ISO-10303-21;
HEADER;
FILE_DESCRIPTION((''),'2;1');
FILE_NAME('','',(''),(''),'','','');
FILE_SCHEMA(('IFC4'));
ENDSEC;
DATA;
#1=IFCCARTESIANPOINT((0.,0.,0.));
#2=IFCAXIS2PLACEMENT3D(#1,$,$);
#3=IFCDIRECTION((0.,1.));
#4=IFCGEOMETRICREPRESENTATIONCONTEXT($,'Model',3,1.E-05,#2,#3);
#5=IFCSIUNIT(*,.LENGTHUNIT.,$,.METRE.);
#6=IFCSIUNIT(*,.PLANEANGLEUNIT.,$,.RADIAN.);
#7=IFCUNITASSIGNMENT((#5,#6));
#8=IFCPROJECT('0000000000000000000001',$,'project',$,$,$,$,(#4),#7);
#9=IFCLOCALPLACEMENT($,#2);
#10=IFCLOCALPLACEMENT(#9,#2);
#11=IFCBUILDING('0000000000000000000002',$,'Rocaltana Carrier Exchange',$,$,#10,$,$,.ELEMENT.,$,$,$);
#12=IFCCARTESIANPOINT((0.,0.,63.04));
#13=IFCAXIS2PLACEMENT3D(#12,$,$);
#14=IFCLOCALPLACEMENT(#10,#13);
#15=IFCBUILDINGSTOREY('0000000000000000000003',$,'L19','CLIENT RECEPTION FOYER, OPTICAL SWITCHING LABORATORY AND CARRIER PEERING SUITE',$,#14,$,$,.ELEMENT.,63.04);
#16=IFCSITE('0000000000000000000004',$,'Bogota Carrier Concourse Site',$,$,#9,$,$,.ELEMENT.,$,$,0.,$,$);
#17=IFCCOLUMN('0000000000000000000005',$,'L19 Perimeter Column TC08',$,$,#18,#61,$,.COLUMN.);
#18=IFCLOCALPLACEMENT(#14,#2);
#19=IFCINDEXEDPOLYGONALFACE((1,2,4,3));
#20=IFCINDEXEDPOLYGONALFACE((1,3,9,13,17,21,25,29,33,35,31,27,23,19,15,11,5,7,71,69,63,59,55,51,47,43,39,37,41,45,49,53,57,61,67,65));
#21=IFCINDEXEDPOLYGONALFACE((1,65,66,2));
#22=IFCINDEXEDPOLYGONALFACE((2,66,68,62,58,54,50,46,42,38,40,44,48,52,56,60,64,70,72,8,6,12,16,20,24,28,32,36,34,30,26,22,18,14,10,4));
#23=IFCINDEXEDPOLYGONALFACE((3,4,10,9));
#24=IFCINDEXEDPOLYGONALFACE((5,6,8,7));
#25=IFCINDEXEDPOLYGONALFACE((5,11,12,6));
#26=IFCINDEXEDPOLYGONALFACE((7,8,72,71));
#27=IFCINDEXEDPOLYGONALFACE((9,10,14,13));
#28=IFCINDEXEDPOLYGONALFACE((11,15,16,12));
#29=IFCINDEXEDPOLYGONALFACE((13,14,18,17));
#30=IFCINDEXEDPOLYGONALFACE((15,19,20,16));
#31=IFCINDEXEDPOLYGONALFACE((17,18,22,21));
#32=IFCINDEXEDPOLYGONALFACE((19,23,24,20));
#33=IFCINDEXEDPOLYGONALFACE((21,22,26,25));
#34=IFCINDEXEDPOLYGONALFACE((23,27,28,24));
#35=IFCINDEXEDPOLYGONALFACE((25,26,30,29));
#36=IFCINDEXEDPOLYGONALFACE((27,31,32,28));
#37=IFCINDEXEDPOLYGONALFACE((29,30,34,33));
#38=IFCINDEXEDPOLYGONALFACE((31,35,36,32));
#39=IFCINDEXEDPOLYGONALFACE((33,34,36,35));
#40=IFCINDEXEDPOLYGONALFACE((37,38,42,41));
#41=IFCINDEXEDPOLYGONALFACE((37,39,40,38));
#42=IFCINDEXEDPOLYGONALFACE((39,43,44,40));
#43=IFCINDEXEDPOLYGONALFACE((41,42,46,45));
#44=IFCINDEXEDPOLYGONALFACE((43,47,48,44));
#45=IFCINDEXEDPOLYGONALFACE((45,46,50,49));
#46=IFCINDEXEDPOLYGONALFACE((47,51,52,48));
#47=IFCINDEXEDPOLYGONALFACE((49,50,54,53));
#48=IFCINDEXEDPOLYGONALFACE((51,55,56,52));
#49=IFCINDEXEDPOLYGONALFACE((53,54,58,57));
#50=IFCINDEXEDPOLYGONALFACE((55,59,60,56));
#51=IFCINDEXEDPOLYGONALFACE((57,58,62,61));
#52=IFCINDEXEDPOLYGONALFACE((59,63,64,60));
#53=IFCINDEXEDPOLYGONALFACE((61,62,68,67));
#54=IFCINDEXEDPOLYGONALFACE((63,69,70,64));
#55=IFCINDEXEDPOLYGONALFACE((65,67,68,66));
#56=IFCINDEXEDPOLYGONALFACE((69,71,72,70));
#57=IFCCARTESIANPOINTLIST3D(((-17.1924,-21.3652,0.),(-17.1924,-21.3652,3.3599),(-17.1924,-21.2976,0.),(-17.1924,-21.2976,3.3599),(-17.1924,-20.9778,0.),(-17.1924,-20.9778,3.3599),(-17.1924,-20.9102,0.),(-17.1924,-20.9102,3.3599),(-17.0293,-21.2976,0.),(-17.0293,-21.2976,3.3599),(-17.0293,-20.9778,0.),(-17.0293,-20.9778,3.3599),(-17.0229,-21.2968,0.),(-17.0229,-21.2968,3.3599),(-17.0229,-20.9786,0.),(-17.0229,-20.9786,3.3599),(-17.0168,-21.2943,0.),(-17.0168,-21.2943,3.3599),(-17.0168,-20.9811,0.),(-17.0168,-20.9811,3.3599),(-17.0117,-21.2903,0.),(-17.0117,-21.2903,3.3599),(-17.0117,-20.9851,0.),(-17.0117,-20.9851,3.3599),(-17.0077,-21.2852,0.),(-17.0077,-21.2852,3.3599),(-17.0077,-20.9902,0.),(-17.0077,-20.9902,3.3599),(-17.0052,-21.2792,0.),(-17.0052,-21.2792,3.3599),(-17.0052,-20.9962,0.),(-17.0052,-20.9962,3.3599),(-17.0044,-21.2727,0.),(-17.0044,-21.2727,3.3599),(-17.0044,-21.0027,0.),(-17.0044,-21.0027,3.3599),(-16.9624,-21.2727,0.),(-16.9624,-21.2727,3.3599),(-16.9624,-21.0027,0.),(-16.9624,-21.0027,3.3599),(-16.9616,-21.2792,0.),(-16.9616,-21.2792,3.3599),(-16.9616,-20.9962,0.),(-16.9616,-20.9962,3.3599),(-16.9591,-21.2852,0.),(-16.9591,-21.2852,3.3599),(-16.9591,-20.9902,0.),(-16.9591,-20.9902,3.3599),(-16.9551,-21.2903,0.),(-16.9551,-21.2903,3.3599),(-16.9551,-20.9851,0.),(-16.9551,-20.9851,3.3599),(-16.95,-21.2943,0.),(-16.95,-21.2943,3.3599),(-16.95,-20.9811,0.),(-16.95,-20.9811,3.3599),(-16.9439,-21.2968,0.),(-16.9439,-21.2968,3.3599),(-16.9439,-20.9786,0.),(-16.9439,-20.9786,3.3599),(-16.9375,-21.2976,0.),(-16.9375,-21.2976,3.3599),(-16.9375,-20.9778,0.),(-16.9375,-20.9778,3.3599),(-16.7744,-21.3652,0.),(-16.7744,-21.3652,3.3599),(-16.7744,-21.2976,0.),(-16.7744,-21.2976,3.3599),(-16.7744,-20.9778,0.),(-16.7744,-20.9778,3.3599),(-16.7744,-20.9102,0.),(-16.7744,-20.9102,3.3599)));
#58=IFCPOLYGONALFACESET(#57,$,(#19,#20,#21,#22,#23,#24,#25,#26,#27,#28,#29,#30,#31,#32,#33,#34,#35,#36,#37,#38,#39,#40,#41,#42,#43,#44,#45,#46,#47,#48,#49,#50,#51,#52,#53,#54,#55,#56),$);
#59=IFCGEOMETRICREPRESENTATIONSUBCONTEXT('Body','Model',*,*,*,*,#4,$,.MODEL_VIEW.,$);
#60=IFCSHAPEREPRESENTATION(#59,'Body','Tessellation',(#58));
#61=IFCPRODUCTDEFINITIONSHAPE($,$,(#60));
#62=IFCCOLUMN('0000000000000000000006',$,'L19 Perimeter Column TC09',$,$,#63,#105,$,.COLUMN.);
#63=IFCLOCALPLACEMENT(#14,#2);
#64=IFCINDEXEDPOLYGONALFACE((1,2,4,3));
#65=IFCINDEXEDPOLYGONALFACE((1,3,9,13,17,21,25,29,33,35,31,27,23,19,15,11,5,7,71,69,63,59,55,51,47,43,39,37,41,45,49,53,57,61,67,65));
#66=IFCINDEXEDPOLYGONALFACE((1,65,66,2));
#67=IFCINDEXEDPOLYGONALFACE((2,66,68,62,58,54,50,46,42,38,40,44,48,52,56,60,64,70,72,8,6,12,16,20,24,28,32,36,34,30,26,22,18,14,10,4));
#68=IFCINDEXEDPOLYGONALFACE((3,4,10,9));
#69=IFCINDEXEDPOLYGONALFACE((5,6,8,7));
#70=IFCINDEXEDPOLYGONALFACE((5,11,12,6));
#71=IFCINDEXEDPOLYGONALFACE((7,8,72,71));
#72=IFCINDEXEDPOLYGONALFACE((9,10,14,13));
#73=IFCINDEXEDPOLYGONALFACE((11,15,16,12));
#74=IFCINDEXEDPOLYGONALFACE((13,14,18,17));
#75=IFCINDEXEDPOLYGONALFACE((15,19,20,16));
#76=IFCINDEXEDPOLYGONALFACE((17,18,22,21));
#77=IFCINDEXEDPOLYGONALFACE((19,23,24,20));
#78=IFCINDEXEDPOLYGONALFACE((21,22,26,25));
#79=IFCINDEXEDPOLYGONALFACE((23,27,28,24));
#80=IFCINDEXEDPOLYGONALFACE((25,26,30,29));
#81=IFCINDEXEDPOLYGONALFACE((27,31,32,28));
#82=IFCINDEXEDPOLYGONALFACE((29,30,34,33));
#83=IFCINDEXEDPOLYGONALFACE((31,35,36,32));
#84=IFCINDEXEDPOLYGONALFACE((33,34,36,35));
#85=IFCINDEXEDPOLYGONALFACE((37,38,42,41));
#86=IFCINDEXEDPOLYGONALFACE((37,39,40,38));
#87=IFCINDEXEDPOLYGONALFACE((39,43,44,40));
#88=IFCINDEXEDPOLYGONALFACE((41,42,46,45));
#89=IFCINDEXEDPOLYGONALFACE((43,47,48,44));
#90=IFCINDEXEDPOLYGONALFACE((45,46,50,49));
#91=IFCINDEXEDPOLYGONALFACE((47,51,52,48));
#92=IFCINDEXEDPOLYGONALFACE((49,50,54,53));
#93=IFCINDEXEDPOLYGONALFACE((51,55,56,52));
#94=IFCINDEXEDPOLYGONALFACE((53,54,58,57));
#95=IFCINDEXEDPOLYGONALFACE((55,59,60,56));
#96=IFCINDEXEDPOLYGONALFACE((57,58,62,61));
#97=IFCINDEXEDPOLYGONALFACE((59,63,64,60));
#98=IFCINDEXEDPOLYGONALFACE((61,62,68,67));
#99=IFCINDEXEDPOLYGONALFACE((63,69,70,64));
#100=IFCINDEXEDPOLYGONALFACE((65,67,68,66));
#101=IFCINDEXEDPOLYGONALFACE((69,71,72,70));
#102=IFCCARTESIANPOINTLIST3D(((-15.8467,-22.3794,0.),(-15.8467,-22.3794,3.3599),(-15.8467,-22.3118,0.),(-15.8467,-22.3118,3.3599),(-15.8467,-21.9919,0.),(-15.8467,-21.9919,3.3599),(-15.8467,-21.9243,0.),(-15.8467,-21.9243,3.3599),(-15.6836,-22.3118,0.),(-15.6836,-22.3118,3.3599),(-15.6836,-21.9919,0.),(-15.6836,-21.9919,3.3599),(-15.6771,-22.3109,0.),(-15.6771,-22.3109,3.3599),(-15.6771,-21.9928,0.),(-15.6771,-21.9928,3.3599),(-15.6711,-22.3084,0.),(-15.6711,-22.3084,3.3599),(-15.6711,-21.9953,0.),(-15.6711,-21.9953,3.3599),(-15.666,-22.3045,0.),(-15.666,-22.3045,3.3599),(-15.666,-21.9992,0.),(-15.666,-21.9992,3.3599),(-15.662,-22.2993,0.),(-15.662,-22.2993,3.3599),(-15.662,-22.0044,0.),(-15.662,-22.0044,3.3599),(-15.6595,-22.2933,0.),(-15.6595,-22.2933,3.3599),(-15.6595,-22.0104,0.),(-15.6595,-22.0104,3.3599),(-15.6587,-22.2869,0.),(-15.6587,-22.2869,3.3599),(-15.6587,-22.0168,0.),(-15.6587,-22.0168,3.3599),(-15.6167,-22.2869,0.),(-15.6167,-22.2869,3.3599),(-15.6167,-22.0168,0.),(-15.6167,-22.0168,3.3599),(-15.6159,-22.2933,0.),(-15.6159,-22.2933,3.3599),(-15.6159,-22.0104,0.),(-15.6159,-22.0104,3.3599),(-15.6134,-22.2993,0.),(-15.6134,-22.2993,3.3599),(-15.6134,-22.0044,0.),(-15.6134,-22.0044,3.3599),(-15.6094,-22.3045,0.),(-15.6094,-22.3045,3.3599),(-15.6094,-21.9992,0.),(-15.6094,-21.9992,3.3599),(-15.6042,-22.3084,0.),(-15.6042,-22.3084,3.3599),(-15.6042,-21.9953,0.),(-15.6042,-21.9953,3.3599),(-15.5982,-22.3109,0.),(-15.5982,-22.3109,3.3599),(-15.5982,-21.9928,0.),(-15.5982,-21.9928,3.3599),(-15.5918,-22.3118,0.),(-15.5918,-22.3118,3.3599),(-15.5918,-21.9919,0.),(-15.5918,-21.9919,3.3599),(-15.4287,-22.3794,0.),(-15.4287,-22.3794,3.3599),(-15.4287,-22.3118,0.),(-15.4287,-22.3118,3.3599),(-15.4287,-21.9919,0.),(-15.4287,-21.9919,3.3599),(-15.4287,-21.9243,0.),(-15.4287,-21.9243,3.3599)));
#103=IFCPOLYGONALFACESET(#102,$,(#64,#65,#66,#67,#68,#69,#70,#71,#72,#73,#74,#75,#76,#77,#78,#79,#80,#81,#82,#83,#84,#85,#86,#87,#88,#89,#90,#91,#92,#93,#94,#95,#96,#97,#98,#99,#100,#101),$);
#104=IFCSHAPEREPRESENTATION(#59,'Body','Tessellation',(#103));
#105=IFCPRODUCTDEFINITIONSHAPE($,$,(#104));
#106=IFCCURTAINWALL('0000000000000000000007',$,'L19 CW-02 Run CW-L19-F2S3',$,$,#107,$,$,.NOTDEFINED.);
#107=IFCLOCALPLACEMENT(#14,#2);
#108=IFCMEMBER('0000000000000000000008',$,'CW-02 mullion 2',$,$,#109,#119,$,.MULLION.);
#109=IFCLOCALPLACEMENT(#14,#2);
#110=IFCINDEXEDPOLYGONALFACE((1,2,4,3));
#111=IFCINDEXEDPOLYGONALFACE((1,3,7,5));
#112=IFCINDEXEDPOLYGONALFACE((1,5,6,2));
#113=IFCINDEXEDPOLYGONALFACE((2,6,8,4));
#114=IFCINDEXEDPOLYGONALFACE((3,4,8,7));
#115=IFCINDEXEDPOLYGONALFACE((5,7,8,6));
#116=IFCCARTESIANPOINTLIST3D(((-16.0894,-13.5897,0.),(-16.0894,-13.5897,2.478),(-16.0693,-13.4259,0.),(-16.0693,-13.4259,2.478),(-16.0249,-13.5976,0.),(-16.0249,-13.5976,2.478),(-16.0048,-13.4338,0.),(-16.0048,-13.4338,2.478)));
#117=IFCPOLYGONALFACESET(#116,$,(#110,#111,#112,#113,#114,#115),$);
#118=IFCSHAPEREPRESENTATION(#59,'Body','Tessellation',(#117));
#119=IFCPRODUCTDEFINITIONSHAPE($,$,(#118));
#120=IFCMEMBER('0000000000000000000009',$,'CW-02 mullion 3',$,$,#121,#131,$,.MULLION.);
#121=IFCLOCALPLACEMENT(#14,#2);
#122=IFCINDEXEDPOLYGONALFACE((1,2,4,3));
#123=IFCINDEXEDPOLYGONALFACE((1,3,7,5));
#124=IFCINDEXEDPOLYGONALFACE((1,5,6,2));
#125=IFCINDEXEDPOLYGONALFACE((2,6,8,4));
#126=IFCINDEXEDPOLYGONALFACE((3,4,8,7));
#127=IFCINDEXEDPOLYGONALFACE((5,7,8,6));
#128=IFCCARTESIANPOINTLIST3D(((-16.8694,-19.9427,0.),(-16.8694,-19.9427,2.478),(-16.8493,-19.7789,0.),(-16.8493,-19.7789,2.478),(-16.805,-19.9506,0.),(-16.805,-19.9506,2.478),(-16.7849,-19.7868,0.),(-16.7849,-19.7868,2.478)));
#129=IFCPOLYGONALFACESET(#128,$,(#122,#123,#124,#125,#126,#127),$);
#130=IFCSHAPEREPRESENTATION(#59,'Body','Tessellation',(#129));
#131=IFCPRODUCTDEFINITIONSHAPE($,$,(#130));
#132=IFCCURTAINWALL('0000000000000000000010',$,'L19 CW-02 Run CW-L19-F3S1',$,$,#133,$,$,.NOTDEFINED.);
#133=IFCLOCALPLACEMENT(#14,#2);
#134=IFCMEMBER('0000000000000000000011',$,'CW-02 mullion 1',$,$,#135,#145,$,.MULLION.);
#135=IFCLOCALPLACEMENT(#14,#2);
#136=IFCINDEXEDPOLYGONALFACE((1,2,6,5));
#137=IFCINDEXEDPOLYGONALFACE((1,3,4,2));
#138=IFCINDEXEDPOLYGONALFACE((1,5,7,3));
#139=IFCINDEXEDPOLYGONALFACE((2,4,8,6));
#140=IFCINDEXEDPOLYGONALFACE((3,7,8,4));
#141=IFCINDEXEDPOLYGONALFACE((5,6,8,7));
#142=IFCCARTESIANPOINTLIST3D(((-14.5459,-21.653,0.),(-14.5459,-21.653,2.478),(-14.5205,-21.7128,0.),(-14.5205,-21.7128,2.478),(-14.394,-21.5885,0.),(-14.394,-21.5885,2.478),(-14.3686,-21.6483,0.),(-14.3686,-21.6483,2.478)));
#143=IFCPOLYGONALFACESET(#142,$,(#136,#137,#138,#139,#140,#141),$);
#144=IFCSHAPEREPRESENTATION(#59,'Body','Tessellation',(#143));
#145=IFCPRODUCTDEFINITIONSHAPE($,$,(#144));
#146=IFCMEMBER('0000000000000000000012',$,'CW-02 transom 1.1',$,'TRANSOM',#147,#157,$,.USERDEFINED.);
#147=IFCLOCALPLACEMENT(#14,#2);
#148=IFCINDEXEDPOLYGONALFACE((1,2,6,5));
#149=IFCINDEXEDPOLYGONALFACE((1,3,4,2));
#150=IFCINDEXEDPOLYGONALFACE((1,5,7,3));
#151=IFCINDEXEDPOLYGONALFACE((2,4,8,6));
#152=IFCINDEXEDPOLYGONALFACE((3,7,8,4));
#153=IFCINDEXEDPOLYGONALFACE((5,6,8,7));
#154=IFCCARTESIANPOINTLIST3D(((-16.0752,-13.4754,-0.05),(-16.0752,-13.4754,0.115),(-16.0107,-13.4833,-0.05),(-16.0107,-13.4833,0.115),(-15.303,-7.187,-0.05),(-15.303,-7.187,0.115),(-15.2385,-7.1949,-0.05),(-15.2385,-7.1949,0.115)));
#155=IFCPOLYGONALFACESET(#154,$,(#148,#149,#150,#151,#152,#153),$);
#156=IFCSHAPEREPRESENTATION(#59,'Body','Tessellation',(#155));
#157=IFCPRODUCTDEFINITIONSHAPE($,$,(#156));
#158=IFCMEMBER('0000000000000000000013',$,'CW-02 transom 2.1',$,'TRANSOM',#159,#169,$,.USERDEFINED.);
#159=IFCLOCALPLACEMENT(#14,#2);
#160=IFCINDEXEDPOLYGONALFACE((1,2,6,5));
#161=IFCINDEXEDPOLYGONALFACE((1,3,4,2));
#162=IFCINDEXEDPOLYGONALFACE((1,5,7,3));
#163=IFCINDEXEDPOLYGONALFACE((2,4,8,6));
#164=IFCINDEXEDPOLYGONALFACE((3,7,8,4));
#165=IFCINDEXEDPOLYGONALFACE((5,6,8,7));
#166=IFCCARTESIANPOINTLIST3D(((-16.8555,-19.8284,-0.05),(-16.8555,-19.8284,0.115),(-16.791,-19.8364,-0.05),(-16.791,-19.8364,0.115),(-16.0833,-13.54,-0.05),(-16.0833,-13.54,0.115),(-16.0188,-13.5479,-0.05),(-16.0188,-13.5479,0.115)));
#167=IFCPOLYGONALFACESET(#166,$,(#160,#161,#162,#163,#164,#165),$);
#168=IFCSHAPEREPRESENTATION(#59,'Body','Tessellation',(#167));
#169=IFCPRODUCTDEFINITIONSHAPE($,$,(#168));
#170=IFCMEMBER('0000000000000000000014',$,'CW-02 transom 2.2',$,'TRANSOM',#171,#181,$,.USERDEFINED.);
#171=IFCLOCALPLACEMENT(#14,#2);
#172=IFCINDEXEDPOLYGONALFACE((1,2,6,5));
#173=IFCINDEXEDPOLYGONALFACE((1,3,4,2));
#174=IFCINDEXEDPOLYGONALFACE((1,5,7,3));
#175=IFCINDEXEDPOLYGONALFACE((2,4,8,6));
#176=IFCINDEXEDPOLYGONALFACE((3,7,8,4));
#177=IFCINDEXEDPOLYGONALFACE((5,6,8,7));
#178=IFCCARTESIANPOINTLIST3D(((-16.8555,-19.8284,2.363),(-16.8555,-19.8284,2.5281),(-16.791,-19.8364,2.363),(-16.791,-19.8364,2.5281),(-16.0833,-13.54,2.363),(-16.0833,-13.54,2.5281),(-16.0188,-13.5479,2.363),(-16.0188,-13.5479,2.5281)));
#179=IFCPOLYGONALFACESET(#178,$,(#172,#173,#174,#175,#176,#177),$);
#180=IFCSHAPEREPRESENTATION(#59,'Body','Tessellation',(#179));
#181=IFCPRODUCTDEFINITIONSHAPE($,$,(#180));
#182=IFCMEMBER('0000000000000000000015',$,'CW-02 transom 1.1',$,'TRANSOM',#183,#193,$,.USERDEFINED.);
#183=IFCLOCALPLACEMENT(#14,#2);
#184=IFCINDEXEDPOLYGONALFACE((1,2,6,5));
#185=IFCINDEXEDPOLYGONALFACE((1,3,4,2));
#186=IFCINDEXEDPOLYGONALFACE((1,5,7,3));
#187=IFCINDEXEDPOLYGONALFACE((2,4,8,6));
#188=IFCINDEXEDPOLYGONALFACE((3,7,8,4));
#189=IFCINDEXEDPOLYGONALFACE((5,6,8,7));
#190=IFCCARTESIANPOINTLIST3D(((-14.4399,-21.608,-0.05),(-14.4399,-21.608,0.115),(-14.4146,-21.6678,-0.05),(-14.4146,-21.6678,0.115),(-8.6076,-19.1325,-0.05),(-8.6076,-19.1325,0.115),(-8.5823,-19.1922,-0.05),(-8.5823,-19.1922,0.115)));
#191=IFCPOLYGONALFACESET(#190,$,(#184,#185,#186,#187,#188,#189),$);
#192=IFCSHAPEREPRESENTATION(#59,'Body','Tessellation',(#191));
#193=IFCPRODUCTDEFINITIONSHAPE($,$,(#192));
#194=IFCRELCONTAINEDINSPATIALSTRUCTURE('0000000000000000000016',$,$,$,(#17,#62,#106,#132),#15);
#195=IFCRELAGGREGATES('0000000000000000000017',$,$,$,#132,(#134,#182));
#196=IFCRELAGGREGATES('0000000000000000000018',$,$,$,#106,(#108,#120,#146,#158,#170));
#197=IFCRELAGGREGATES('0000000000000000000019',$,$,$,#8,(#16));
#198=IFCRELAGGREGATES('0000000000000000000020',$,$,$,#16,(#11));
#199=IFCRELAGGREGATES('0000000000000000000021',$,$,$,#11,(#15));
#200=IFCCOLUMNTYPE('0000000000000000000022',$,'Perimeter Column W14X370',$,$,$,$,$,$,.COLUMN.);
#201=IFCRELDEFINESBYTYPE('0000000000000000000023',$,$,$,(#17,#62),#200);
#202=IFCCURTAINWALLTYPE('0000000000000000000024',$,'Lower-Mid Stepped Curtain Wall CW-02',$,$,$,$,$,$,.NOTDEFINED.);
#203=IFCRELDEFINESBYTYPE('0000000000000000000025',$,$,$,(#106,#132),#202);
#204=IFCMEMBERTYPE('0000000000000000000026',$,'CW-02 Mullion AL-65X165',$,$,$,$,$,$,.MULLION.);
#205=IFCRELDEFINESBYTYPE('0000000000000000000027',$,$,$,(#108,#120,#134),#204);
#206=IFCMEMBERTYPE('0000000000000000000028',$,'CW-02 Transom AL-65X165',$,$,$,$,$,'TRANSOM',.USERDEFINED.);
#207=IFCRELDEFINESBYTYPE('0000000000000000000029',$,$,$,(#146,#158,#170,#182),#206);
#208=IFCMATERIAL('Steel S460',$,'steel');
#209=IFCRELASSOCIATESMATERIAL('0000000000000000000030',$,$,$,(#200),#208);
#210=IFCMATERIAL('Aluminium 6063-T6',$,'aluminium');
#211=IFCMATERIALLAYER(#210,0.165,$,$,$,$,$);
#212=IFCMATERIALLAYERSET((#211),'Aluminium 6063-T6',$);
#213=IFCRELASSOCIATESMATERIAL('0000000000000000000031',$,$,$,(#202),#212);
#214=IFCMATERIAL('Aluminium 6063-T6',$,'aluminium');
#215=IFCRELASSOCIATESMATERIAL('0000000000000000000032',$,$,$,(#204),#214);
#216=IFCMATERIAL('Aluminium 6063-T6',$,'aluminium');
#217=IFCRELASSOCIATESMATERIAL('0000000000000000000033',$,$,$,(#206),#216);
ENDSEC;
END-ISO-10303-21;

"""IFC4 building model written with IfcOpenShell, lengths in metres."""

from ifc_helpers import new_model, si_unit, direction, frame, origin, origin_2d, place, context, subcontext, project, spatial, rectangle, i_section, extrude, material, layer, layer_set, material_profile, profile_set, type_object, element, aggregate, save


model = new_model("IFC4")

# Units and contexts
model_context = context("Model", 3, precision=1e-05, world=origin(), true_north=direction((0.0, 1.0)))
body_context = subcontext(model_context, "Body", "Model", "MODEL_VIEW")
ifc_project = project(units=[si_unit("LENGTHUNIT", "METRE"), si_unit("PLANEANGLEUNIT", "RADIAN")], contexts=[model_context])

# Site, building, storey
site_placement = place(None, origin())
site = spatial("IfcSite", under=ifc_project, at=site_placement, Name="Bogota Carrier Concourse Site", CompositionType="ELEMENT", RefElevation=0.0)
building_placement = place(site_placement, origin())
building = spatial("IfcBuilding", under=site, at=building_placement, Name="Rocaltana Carrier Exchange", CompositionType="ELEMENT")
storey_placement = place(building_placement, frame((0.0, 0.0, 63.04)))
storey = spatial("IfcBuildingStorey", under=building, at=storey_placement, Name="L19", Description="CLIENT RECEPTION FOYER, OPTICAL SWITCHING LABORATORY AND CARRIER PEERING SUITE", CompositionType="ELEMENT", Elevation=63.04)

# Columns
ifc_material_1 = material(Name="Steel S460", Category="steel")
ifc_material_profile_1 = material_profile(ifc_material_1, i_section(OverallWidth=0.418, OverallDepth=0.4551, WebThickness=0.042, FlangeThickness=0.0676, FilletRadius=0.0249, at=origin_2d()), Name="W14X370")
ifc_profile_set_1 = profile_set([ifc_material_profile_1], Name="Steel S460")
column_type = type_object("IfcColumnType", Name="Perimeter Column W14X370", PredefinedType="COLUMN", material=ifc_profile_set_1)
for number, where, z_axis, x_axis, name in (
    (1, (-16.9834, -21.1377, 0.0), (0.0, 0.0, 1.0), (1.0, 0.0, 0.0), "L19 Perimeter Column TC08"),
    (2, (-15.6377, -22.1519, 0.0), (0.0, 0.0, 1.0), (1.0, 0.0, 0.0), "L19 Perimeter Column TC09"),
):
    element("IfcColumn", number, at=place(storey_placement, frame(where, z_axis=z_axis, x_axis=x_axis)), inside=storey, type_object=column_type, Name=name, PredefinedType="COLUMN", context=body_context, shape_type="SweptSolid", body=[
        extrude(i_section(OverallWidth=0.418, OverallDepth=0.4551, WebThickness=0.042, FlangeThickness=0.0676, FilletRadius=0.0249, at=origin_2d()), origin(), (0.0, 0.0, 1.0), 3.3599),
    ])

# Curtain wall, members
ifc_material_2 = material(Name="Aluminium 6063-T6", Category="aluminium")
ifc_layer_1 = layer(ifc_material_2, 0.165)
ifc_layer_set_1 = layer_set([ifc_layer_1], Name="Aluminium 6063-T6")
curtain_wall_type = type_object("IfcCurtainWallType", Name="Lower-Mid Stepped Curtain Wall CW-02", PredefinedType="NOTDEFINED", material=ifc_layer_set_1)
curtain_wall_1_placement = place(storey_placement, origin())
curtain_wall_1 = element("IfcCurtainWall", 3, at=curtain_wall_1_placement, inside=storey, type_object=curtain_wall_type, Name="L19 CW-02 Run CW-L19-F2S3", PredefinedType="NOTDEFINED")
ifc_material_3 = material(Name="Aluminium 6063-T6", Category="aluminium")
ifc_material_profile_2 = material_profile(ifc_material_3, rectangle(XDim=0.0649, YDim=0.165, at=origin_2d()), Name="AL-65X165")
ifc_profile_set_2 = profile_set([ifc_material_profile_2], Name="Aluminium 6063-T6")
member_type_1 = type_object("IfcMemberType", Name="CW-02 Mullion AL-65X165", PredefinedType="MULLION", material=ifc_profile_set_2)
member_1_placement = place(storey_placement, frame((-16.0471, -13.5117, 0.0), z_axis=(0.0, 0.0, 1.0), x_axis=(0.992545, -0.121881, 0.0)))
member_1 = element("IfcMember", 4, at=member_1_placement, type_object=member_type_1, Name="CW-02 mullion 2", PredefinedType="MULLION", context=body_context, shape_type="SweptSolid", body=[
    extrude(rectangle(XDim=0.0649, YDim=0.165, at=origin_2d()), origin(), (0.0, 0.0, 1.0), 2.478),
])
member_2_placement = place(storey_placement, frame((-16.8271, -19.8647, 0.0), z_axis=(0.0, 0.0, 1.0), x_axis=(0.992545, -0.121881, 0.0)))
member_2 = element("IfcMember", 5, at=member_2_placement, type_object=member_type_1, Name="CW-02 mullion 3", PredefinedType="MULLION", context=body_context, shape_type="SweptSolid", body=[
    extrude(rectangle(XDim=0.0649, YDim=0.165, at=origin_2d()), origin(), (0.0, 0.0, 1.0), 2.478),
])

# Curtain wall, member
curtain_wall_2_placement = place(storey_placement, origin())
curtain_wall_2 = element("IfcCurtainWall", 6, at=curtain_wall_2_placement, inside=storey, type_object=curtain_wall_type, Name="L19 CW-02 Run CW-L19-F3S1", PredefinedType="NOTDEFINED")
member_3_placement = place(storey_placement, frame((-14.4573, -21.6506, 0.0), z_axis=(0.0, 0.0, 1.0), x_axis=(-0.390729, 0.920506, 0.0)))
member_3 = element("IfcMember", 7, at=member_3_placement, type_object=member_type_1, Name="CW-02 mullion 1", PredefinedType="MULLION", context=body_context, shape_type="SweptSolid", body=[
    extrude(rectangle(XDim=0.0649, YDim=0.165, at=origin_2d()), origin(), (0.0, 0.0, 1.0), 2.478),
])

# Members
ifc_material_4 = material(Name="Aluminium 6063-T6", Category="aluminium")
ifc_material_profile_3 = material_profile(ifc_material_4, rectangle(XDim=0.0649, YDim=0.165, at=origin_2d()), Name="AL-65X165")
ifc_profile_set_3 = profile_set([ifc_material_profile_3], Name="Aluminium 6063-T6")
member_type_2 = type_object("IfcMemberType", Name="CW-02 Transom AL-65X165", ElementType="TRANSOM", PredefinedType="USERDEFINED", material=ifc_profile_set_3)
member_4_placement = place(storey_placement, frame((-15.2708, -7.1909, 0.0325), z_axis=(-0.121881, -0.992545, 0.0), x_axis=(0.992545, -0.121881, 0.0)))
member_4 = element("IfcMember", 8, at=member_4_placement, type_object=member_type_2, Name="CW-02 transom 1.1", ObjectType="TRANSOM", PredefinedType="USERDEFINED", context=body_context, shape_type="SweptSolid", body=[
    extrude(rectangle(XDim=0.0649, YDim=0.165, at=origin_2d()), origin(), (0.0, 0.0, 1.0), 6.3357),
])
member_5_placement = place(storey_placement, frame((-16.051, -13.5439, 0.0325), z_axis=(-0.121881, -0.992545, 0.0), x_axis=(0.992545, -0.121881, 0.0)))
member_5 = element("IfcMember", 9, at=member_5_placement, type_object=member_type_2, Name="CW-02 transom 2.1", ObjectType="TRANSOM", PredefinedType="USERDEFINED", context=body_context, shape_type="SweptSolid", body=[
    extrude(rectangle(XDim=0.0649, YDim=0.165, at=origin_2d()), origin(), (0.0, 0.0, 1.0), 6.3357),
])
member_6_placement = place(storey_placement, frame((-16.051, -13.5439, 2.4456), z_axis=(-0.121881, -0.992545, 0.0), x_axis=(0.992545, -0.121881, 0.0)))
member_6 = element("IfcMember", 10, at=member_6_placement, type_object=member_type_2, Name="CW-02 transom 2.2", ObjectType="TRANSOM", PredefinedType="USERDEFINED", context=body_context, shape_type="SweptSolid", body=[
    extrude(rectangle(XDim=0.0649, YDim=0.165, at=origin_2d()), origin(), (0.0, 0.0, 1.0), 6.3357),
])
member_7_placement = place(storey_placement, frame((-14.4272, -21.6379, 0.0325), z_axis=(0.920509, 0.390722, 0.0), x_axis=(-0.390722, 0.920509, 0.0)))
member_7 = element("IfcMember", 11, at=member_7_placement, type_object=member_type_2, Name="CW-02 transom 1.1", ObjectType="TRANSOM", PredefinedType="USERDEFINED", context=body_context, shape_type="SweptSolid", body=[
    extrude(rectangle(XDim=0.0649, YDim=0.165, at=origin_2d()), origin(), (0.0, 0.0, 1.0), 6.3359),
])
aggregate(curtain_wall_2, [member_3, member_7])

aggregate(curtain_wall_1, [member_1, member_2, member_4, member_5, member_6])

save(model, "model.ifc")
